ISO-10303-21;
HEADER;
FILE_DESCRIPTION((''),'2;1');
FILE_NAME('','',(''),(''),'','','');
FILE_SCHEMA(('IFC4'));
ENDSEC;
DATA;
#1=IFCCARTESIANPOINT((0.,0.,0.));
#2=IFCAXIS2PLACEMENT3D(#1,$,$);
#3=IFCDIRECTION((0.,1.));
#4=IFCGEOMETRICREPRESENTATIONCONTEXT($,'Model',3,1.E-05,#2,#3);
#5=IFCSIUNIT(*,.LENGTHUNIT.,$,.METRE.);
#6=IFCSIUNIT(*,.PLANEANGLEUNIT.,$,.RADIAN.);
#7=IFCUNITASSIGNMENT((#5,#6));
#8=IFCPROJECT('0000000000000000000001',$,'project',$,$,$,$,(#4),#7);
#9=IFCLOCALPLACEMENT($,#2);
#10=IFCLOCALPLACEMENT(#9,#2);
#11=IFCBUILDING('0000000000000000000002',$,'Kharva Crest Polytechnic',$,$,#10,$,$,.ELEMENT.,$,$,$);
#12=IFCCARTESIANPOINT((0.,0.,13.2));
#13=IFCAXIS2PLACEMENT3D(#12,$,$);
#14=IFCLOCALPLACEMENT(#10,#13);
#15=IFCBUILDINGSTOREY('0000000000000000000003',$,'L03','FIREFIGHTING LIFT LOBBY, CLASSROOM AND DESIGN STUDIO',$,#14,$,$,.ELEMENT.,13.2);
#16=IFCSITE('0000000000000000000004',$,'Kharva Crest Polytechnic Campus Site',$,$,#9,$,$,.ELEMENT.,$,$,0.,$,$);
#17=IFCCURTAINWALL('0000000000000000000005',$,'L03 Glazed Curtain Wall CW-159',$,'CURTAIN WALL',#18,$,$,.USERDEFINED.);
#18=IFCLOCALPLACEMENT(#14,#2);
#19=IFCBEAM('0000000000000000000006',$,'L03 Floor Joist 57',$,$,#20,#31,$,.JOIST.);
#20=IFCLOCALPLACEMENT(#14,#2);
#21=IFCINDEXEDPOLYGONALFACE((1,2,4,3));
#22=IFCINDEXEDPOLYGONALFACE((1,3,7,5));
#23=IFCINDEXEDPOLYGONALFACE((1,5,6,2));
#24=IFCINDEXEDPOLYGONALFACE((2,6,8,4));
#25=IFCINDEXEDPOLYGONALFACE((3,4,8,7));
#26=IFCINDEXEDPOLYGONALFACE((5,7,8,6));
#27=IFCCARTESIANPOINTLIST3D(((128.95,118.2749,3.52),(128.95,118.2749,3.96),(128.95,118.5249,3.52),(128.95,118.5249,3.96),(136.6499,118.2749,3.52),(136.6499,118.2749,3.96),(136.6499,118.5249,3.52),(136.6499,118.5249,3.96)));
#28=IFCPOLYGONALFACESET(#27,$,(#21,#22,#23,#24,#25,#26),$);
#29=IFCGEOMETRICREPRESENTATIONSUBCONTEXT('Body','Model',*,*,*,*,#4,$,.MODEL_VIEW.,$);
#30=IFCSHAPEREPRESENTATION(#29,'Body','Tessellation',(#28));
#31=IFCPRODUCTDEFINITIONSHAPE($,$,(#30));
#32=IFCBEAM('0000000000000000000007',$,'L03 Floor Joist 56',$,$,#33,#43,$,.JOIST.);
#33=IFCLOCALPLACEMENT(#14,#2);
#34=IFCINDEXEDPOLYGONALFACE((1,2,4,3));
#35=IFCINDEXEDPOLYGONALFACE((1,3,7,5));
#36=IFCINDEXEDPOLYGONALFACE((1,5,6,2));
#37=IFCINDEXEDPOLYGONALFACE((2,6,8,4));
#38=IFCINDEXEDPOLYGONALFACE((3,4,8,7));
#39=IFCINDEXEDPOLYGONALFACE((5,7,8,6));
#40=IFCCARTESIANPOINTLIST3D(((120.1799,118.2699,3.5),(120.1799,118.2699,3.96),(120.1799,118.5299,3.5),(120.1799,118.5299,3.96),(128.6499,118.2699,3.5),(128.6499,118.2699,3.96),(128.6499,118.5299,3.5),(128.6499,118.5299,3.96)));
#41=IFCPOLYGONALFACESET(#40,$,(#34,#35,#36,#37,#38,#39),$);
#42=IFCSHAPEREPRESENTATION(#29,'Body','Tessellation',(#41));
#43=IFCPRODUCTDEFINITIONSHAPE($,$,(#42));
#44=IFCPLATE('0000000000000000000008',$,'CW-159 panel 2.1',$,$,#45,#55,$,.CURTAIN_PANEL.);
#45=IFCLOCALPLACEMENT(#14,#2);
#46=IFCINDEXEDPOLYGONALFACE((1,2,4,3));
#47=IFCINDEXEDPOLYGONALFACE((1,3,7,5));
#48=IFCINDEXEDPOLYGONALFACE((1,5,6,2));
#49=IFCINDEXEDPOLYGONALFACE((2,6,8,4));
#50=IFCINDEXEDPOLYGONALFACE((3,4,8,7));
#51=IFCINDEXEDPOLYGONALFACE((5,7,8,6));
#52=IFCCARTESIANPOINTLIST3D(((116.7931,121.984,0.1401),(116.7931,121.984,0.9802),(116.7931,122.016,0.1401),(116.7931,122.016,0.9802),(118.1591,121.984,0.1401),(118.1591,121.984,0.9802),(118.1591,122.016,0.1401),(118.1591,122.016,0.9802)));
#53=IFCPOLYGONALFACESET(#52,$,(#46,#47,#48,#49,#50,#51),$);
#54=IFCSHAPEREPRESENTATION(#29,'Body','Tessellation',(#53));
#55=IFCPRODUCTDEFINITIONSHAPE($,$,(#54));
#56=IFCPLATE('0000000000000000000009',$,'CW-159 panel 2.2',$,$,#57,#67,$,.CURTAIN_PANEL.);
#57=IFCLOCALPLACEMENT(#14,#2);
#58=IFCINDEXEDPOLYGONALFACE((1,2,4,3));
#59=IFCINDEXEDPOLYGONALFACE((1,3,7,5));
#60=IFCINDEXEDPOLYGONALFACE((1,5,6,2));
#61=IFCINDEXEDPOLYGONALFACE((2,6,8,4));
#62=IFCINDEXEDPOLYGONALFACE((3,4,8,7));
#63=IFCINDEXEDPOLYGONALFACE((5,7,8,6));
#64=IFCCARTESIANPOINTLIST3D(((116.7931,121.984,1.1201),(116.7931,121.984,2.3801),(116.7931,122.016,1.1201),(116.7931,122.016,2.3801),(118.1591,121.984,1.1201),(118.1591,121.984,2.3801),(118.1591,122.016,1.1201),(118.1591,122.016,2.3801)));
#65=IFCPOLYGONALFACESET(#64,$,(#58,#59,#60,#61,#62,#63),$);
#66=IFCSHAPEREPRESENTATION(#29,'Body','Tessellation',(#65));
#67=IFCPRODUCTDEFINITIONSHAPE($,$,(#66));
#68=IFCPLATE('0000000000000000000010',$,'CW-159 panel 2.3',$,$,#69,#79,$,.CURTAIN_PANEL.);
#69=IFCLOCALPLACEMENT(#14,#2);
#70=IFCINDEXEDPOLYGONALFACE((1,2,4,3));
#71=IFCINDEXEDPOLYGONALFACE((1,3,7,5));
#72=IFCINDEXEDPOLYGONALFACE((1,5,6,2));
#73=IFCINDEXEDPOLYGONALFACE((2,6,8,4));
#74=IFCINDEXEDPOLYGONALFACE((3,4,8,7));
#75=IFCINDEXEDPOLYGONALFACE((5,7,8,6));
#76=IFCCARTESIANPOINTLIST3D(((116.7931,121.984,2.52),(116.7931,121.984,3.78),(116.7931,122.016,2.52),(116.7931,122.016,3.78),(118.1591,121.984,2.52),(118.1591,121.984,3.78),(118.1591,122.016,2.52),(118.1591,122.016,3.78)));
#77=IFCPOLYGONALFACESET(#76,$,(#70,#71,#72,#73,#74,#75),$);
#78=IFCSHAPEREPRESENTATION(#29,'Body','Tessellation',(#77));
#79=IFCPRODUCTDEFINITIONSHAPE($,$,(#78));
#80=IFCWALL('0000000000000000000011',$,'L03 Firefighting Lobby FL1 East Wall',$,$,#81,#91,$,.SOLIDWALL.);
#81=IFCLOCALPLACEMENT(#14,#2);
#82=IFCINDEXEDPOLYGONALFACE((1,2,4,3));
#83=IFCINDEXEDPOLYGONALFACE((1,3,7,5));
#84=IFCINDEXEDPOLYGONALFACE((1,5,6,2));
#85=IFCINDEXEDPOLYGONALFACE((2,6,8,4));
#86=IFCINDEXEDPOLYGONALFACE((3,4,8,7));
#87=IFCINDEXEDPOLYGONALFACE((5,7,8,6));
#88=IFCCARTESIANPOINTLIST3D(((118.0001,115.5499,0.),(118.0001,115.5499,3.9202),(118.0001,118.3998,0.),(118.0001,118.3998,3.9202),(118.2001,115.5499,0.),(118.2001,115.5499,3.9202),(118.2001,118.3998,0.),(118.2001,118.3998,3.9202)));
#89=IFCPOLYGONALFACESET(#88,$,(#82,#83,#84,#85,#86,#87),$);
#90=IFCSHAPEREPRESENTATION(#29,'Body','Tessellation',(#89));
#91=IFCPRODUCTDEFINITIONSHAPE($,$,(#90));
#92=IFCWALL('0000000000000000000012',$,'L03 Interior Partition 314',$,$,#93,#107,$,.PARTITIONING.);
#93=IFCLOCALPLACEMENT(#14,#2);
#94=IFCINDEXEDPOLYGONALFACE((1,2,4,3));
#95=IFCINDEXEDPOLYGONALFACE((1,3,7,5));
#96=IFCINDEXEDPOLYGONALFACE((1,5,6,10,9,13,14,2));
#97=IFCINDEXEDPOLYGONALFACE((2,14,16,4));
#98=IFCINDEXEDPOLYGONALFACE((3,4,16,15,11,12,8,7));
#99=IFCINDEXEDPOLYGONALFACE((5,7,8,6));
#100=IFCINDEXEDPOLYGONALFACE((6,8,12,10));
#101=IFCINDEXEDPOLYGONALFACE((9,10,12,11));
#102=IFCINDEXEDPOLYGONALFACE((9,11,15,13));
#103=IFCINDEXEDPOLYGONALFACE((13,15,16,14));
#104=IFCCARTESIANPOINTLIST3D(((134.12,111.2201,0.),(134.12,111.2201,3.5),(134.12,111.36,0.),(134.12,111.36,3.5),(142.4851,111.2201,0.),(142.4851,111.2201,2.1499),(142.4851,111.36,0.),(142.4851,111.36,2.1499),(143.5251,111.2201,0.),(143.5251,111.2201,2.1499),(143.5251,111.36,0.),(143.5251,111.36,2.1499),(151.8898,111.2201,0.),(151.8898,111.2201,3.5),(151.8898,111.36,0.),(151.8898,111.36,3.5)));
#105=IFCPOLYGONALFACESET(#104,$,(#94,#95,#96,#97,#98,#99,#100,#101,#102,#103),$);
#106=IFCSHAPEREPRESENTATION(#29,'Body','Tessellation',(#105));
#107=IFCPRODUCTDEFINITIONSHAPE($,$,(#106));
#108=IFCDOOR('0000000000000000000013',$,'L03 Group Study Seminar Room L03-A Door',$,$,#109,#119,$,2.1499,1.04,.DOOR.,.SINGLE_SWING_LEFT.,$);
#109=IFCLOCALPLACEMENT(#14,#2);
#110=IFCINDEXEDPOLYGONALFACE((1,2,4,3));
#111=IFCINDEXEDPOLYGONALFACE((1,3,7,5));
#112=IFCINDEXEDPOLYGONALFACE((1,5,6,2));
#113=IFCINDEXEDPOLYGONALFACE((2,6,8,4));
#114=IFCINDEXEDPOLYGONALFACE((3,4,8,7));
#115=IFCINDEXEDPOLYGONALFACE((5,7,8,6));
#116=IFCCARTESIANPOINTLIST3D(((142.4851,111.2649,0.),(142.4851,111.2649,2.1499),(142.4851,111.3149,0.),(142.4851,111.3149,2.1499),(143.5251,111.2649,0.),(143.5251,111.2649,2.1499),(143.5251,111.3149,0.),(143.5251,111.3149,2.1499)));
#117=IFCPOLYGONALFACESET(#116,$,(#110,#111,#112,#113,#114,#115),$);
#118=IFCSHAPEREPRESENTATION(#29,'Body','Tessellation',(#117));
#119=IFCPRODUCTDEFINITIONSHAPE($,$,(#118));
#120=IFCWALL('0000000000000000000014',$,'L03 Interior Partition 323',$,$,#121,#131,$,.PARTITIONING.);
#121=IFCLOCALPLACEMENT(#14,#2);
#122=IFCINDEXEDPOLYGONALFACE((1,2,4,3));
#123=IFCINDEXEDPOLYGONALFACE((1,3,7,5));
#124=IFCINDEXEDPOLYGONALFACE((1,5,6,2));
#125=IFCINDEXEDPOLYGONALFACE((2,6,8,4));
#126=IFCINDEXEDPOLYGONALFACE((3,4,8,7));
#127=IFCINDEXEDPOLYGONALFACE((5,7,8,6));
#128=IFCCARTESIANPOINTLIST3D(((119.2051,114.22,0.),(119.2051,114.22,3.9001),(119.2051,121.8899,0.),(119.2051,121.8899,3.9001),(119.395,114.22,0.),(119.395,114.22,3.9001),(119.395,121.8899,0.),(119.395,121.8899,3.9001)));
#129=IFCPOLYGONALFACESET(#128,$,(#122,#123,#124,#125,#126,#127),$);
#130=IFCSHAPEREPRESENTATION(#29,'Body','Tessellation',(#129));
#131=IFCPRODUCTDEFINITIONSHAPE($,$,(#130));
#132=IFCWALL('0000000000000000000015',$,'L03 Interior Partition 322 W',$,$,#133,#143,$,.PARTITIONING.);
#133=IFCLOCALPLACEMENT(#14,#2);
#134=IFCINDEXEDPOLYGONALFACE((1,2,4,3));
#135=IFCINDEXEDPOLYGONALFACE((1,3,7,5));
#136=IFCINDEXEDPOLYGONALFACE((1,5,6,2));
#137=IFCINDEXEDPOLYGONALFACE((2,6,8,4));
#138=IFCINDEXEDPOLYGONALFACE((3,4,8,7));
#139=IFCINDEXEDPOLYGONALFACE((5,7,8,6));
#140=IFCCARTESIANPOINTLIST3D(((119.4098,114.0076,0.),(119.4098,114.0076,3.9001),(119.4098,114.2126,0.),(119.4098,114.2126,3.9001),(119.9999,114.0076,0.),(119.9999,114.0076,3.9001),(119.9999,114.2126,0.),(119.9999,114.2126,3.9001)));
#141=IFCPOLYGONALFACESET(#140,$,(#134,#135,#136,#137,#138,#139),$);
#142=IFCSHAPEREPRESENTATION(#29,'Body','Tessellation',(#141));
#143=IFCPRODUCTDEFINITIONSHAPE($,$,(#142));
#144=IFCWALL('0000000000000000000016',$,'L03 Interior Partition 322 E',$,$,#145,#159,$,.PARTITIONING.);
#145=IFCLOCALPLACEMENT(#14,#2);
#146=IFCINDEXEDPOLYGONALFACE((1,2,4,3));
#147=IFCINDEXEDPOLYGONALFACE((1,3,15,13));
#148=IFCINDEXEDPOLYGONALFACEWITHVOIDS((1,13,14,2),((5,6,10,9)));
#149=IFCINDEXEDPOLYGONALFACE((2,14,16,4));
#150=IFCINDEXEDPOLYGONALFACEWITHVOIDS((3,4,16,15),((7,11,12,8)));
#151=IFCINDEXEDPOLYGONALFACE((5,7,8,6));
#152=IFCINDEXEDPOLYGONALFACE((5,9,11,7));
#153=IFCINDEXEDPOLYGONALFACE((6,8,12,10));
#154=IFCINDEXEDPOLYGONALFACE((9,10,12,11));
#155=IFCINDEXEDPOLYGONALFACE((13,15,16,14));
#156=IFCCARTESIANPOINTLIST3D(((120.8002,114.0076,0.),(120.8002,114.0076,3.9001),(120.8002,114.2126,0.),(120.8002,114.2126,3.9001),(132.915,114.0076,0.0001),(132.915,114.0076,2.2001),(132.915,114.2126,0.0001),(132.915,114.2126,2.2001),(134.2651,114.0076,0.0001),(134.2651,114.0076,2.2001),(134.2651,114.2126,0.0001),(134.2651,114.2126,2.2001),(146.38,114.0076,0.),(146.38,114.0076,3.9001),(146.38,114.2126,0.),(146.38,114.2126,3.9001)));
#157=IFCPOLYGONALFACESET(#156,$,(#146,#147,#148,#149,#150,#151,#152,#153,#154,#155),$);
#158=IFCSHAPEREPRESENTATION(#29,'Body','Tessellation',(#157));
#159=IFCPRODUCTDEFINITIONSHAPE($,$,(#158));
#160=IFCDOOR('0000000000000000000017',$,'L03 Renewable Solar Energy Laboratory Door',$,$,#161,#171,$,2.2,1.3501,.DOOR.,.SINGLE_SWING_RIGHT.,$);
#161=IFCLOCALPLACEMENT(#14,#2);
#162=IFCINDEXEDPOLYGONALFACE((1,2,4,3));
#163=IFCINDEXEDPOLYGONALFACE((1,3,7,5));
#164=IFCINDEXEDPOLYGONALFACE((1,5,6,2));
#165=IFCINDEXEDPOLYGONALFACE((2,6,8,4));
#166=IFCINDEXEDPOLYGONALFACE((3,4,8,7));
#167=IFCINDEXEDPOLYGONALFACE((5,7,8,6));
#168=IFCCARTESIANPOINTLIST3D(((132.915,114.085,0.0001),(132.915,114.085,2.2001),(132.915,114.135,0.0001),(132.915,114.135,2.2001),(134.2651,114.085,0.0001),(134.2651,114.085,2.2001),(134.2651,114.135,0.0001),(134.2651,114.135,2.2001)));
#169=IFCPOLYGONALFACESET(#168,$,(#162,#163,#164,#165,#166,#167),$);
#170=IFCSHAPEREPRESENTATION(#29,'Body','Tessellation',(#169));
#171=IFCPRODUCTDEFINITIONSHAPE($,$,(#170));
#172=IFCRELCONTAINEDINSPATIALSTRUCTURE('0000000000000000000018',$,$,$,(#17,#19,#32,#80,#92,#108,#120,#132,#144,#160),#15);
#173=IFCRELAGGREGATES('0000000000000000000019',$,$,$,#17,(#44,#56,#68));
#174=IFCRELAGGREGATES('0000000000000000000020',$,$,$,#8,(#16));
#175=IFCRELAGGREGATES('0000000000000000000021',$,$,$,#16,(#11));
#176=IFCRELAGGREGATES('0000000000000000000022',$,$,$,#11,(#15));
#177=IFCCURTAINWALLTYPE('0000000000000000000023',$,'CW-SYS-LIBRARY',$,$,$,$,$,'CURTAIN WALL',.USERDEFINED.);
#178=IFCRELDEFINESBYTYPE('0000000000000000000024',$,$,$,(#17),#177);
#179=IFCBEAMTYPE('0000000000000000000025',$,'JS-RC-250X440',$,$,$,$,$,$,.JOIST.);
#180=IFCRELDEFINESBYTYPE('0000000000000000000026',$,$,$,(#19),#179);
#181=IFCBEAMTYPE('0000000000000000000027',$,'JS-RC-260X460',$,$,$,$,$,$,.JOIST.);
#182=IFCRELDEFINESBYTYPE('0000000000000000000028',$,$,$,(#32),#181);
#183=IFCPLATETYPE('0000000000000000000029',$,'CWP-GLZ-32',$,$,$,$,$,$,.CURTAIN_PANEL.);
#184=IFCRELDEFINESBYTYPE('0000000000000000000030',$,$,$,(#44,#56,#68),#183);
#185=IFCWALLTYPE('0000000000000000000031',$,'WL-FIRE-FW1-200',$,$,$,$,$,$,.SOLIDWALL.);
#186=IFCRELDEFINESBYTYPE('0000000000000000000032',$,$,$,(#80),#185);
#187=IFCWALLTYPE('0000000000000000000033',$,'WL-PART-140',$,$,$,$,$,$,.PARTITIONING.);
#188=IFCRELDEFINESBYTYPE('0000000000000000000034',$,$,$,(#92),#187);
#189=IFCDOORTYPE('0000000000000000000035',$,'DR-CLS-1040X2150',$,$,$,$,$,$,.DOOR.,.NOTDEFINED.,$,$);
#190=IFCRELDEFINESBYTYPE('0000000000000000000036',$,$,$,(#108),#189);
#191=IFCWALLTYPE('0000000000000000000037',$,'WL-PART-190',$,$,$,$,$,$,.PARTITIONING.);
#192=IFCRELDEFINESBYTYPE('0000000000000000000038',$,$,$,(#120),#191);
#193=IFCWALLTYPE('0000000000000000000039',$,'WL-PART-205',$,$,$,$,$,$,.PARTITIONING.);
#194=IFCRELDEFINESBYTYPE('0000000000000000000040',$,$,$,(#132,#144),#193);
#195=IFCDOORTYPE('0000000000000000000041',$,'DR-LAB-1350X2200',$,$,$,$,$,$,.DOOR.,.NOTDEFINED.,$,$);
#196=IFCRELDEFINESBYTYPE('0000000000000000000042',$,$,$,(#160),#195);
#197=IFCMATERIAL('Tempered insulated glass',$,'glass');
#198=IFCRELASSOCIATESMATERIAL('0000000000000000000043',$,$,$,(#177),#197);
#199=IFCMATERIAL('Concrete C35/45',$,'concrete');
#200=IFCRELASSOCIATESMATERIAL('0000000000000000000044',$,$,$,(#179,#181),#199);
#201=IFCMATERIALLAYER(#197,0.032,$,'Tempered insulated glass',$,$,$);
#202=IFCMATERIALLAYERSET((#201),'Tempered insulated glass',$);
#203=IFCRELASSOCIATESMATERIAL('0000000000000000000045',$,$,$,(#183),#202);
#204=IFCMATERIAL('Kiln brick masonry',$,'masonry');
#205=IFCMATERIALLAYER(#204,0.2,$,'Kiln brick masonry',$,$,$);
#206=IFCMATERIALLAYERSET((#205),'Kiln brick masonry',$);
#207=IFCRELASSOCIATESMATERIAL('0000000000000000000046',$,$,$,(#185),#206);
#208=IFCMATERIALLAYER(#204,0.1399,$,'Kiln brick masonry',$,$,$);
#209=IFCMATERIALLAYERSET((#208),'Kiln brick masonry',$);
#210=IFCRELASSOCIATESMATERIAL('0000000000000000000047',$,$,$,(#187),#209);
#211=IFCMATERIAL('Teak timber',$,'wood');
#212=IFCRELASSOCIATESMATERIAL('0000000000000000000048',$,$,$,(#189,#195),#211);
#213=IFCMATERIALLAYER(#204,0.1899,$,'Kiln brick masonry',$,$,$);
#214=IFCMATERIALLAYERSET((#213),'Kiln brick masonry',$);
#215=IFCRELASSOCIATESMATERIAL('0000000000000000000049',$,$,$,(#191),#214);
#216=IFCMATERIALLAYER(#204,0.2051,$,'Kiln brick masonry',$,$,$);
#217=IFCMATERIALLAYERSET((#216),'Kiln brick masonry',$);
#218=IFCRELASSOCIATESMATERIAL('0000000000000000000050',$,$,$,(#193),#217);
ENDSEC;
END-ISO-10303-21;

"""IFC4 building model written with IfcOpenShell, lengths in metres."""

from ifc_helpers import new_model, si_unit, direction, frame, frame_2d, origin, origin_2d, place, context, subcontext, project, spatial, rectangle, extrude, material, layer, layer_set, material_profile, profile_set, type_object, element, fill, aggregate, save


model = new_model("IFC4")

# Units and contexts
model_context = context("Model", 3, precision=1e-05, world=origin(), true_north=direction((0.0, 1.0)))
body_context = subcontext(model_context, "Body", "Model", "MODEL_VIEW")
ifc_project = project(units=[si_unit("LENGTHUNIT", "METRE"), si_unit("PLANEANGLEUNIT", "RADIAN")], contexts=[model_context])

# Site, building, storey
site_placement = place(None, origin())
site = spatial("IfcSite", under=ifc_project, at=site_placement, Name="Kharva Crest Polytechnic Campus Site", CompositionType="ELEMENT", RefElevation=0.0)
building_placement = place(site_placement, origin())
building = spatial("IfcBuilding", under=site, at=building_placement, Name="Kharva Crest Polytechnic", CompositionType="ELEMENT")
storey_placement = place(building_placement, frame((0.0, 0.0, 13.2)))
storey = spatial("IfcBuildingStorey", under=building, at=storey_placement, Name="L03", Description="FIREFIGHTING LIFT LOBBY, CLASSROOM AND DESIGN STUDIO", CompositionType="ELEMENT", Elevation=13.2)

# Shared definitions
ifc_material_1 = material(Name="Concrete C35/45", Category="concrete")

# Curtain wall
ifc_material_2 = material(Name="Tempered insulated glass", Category="glass")
curtain_wall_type = type_object("IfcCurtainWallType", Name="CW-SYS-LIBRARY", ElementType="CURTAIN WALL", PredefinedType="USERDEFINED", material=ifc_material_2)
curtain_wall_placement = place(storey_placement, origin())
curtain_wall = element("IfcCurtainWall", 1, at=curtain_wall_placement, inside=storey, type_object=curtain_wall_type, Name="L03 Glazed Curtain Wall CW-159", ObjectType="CURTAIN WALL", PredefinedType="USERDEFINED")

# Beams
ifc_material_profile_1 = material_profile(ifc_material_1, rectangle(XDim=0.25, YDim=0.4399, at=origin_2d()), Name="RECT 250 X 440")
ifc_profile_set_1 = profile_set([ifc_material_profile_1], Name="Concrete C35/45")
beam_type_1 = type_object("IfcBeamType", Name="JS-RC-250X440", PredefinedType="JOIST", material=ifc_profile_set_1)
beam_1_placement = place(storey_placement, frame((128.95, 118.3999, 3.74), z_axis=(1.0, 0.0, 0.0), x_axis=(0.0, 1.0, 0.0)))
element("IfcBeam", 2, at=beam_1_placement, inside=storey, type_object=beam_type_1, Name="L03 Floor Joist 57", PredefinedType="JOIST", context=body_context, shape_type="SweptSolid", body=[
    extrude(rectangle(XDim=0.25, YDim=0.4399, at=origin_2d()), origin(), (0.0, 0.0, 1.0), 7.7),
])
ifc_material_profile_2 = material_profile(ifc_material_1, rectangle(XDim=0.26, YDim=0.46, at=origin_2d()), Name="RECT 260 X 460")
ifc_profile_set_2 = profile_set([ifc_material_profile_2], Name="Concrete C35/45")
beam_type_2 = type_object("IfcBeamType", Name="JS-RC-260X460", PredefinedType="JOIST", material=ifc_profile_set_2)
beam_2_placement = place(storey_placement, frame((120.1799, 118.3999, 3.73), z_axis=(1.0, 0.0, 0.0), x_axis=(0.0, 1.0, 0.0)))
element("IfcBeam", 3, at=beam_2_placement, inside=storey, type_object=beam_type_2, Name="L03 Floor Joist 56", PredefinedType="JOIST", context=body_context, shape_type="SweptSolid", body=[
    extrude(rectangle(XDim=0.26, YDim=0.46, at=origin_2d()), origin(), (0.0, 0.0, 1.0), 8.47),
])

# Plates
ifc_layer_1 = layer(ifc_material_2, 0.032, Name="Tempered insulated glass")
ifc_layer_set_1 = layer_set([ifc_layer_1], Name="Tempered insulated glass")
plate_type = type_object("IfcPlateType", Name="CWP-GLZ-32", PredefinedType="CURTAIN_PANEL", material=ifc_layer_set_1)
plate_1_placement = place(storey_placement, frame((117.4761, 122.0, 0.1401), z_axis=(0.0, 0.0, 1.0), x_axis=(-1.0, 0.0, 0.0)))
plate_1 = element("IfcPlate", 4, at=plate_1_placement, type_object=plate_type, Name="CW-159 panel 2.1", PredefinedType="CURTAIN_PANEL", context=body_context, shape_type="SweptSolid", body=[
    extrude(rectangle(XDim=1.366, YDim=0.032, at=origin_2d()), origin(), (0.0, 0.0, 1.0), 0.8401),
])
plate_2_placement = place(storey_placement, frame((117.4761, 122.0, 1.1201), z_axis=(0.0, 0.0, 1.0), x_axis=(-1.0, 0.0, 0.0)))
plate_2 = element("IfcPlate", 5, at=plate_2_placement, type_object=plate_type, Name="CW-159 panel 2.2", PredefinedType="CURTAIN_PANEL", context=body_context, shape_type="SweptSolid", body=[
    extrude(rectangle(XDim=1.366, YDim=0.032, at=origin_2d()), origin(), (0.0, 0.0, 1.0), 1.26),
])
plate_3_placement = place(storey_placement, frame((117.4761, 122.0, 2.52), z_axis=(0.0, 0.0, 1.0), x_axis=(-1.0, 0.0, 0.0)))
plate_3 = element("IfcPlate", 6, at=plate_3_placement, type_object=plate_type, Name="CW-159 panel 2.3", PredefinedType="CURTAIN_PANEL", context=body_context, shape_type="SweptSolid", body=[
    extrude(rectangle(XDim=1.366, YDim=0.032, at=origin_2d()), origin(), (0.0, 0.0, 1.0), 1.26),
])
aggregate(curtain_wall, [plate_1, plate_2, plate_3])

# Wall
ifc_material_3 = material(Name="Kiln brick masonry", Category="masonry")
ifc_layer_2 = layer(ifc_material_3, 0.2, Name="Kiln brick masonry")
ifc_layer_set_2 = layer_set([ifc_layer_2], Name="Kiln brick masonry")
wall_type_1 = type_object("IfcWallType", Name="WL-FIRE-FW1-200", PredefinedType="SOLIDWALL", material=ifc_layer_set_2)
wall_1_placement = place(storey_placement, frame((118.1001, 115.55, 0.0), z_axis=(0.0, 0.0, 1.0), x_axis=(0.0, 1.0, 0.0)))
element("IfcWall", 7, at=wall_1_placement, inside=storey, type_object=wall_type_1, Name="L03 Firefighting Lobby FL1 East Wall", PredefinedType="SOLIDWALL", context=body_context, shape_type="SweptSolid", body=[
    extrude(rectangle(XDim=2.8499, YDim=0.2, at=frame_2d((1.4248, 0.0))), origin(), (0.0, 0.0, 1.0), 3.9202),
])

# Wall, opening, door
ifc_layer_3 = layer(ifc_material_3, 0.1399, Name="Kiln brick masonry")
ifc_layer_set_3 = layer_set([ifc_layer_3], Name="Kiln brick masonry")
wall_type_2 = type_object("IfcWallType", Name="WL-PART-140", PredefinedType="PARTITIONING", material=ifc_layer_set_3)
wall_2_placement = place(storey_placement, frame((134.1201, 111.29, 0.0), z_axis=(0.0, 0.0, 1.0), x_axis=(1.0, 0.0, 0.0)))
wall_2 = element("IfcWall", 8, at=wall_2_placement, inside=storey, type_object=wall_type_2, Name="L03 Interior Partition 314", PredefinedType="PARTITIONING", context=body_context, shape_type="SweptSolid", body=[
    extrude(rectangle(XDim=17.7698, YDim=0.1399, at=frame_2d((8.8848, 0.0))), origin(), (0.0, 0.0, 1.0), 3.5),
])
opening_1_placement = place(wall_2_placement, frame((8.365, 0.0, 0.0)))
opening_1 = element("IfcOpeningElement", 9, at=opening_1_placement, cuts=wall_2, PredefinedType="OPENING", context=body_context, shape_type="SweptSolid", body=[
    extrude(rectangle(XDim=1.04, YDim=2.1499, at=frame_2d((0.52, 1.075))), frame((0.0, 0.0798, 0.0), z_axis=(0.0, -1.0, 0.0), x_axis=(1.0, 0.0, 0.0)), (0.0, 0.0, 1.0), 0.1599),
])
ifc_material_4 = material(Name="Teak timber", Category="wood")
door_type_1 = type_object("IfcDoorType", Name="DR-CLS-1040X2150", OperationType="NOTDEFINED", PredefinedType="DOOR", material=ifc_material_4)
door_1_placement = place(opening_1_placement, origin())
door_1 = element("IfcDoor", 10, at=door_1_placement, inside=storey, type_object=door_type_1, Name="L03 Group Study Seminar Room L03-A Door", OperationType="SINGLE_SWING_LEFT", OverallHeight=2.1499, OverallWidth=1.04, PredefinedType="DOOR", context=body_context, shape_type="SweptSolid", body=[
    extrude(rectangle(XDim=1.04, YDim=2.1499, at=frame_2d((0.52, 1.075))), frame((0.0, 0.0249, 0.0), z_axis=(0.0, -1.0, 0.0), x_axis=(1.0, 0.0, 0.0)), (0.0, 0.0, 1.0), 0.05),
])
fill(opening_1, door_1)

# Walls
ifc_layer_4 = layer(ifc_material_3, 0.1899, Name="Kiln brick masonry")
ifc_layer_set_4 = layer_set([ifc_layer_4], Name="Kiln brick masonry")
wall_type_3 = type_object("IfcWallType", Name="WL-PART-190", PredefinedType="PARTITIONING", material=ifc_layer_set_4)
wall_3_placement = place(storey_placement, frame((119.3, 114.22, 0.0), z_axis=(0.0, 0.0, 1.0), x_axis=(0.0, 1.0, 0.0)))
element("IfcWall", 11, at=wall_3_placement, inside=storey, type_object=wall_type_3, Name="L03 Interior Partition 323", PredefinedType="PARTITIONING", context=body_context, shape_type="SweptSolid", body=[
    extrude(rectangle(XDim=7.6699, YDim=0.1899, at=frame_2d((3.835, 0.0))), origin(), (0.0, 0.0, 1.0), 3.9001),
])
ifc_layer_5 = layer(ifc_material_3, 0.2051, Name="Kiln brick masonry")
ifc_layer_set_5 = layer_set([ifc_layer_5], Name="Kiln brick masonry")
wall_type_4 = type_object("IfcWallType", Name="WL-PART-205", PredefinedType="PARTITIONING", material=ifc_layer_set_5)
wall_4_placement = place(storey_placement, frame((119.4099, 114.1101, 0.0), z_axis=(0.0, 0.0, 1.0), x_axis=(1.0, 0.0, 0.0)))
element("IfcWall", 12, at=wall_4_placement, inside=storey, type_object=wall_type_4, Name="L03 Interior Partition 322 W", PredefinedType="PARTITIONING", context=body_context, shape_type="SweptSolid", body=[
    extrude(rectangle(XDim=0.5901, YDim=0.2051, at=frame_2d((0.2949, 0.0))), origin(), (0.0, 0.0, 1.0), 3.9001),
])

# Wall, opening, door
wall_5_placement = place(storey_placement, frame((120.8, 114.1101, 0.0), z_axis=(0.0, 0.0, 1.0), x_axis=(1.0, 0.0, 0.0)))
wall_5 = element("IfcWall", 13, at=wall_5_placement, inside=storey, type_object=wall_type_4, Name="L03 Interior Partition 322 E", PredefinedType="PARTITIONING", context=body_context, shape_type="SweptSolid", body=[
    extrude(rectangle(XDim=25.5798, YDim=0.2051, at=frame_2d((12.79, 0.0))), origin(), (0.0, 0.0, 1.0), 3.9001),
])
opening_2_placement = place(wall_5_placement, frame((12.115, 0.0, 0.0)))
opening_2 = element("IfcOpeningElement", 14, at=opening_2_placement, cuts=wall_5, PredefinedType="OPENING", context=body_context, shape_type="SweptSolid", body=[
    extrude(rectangle(XDim=1.3501, YDim=2.2, at=frame_2d((0.675, 1.1001))), frame((0.0, 0.1125, 0.0), z_axis=(0.0, -1.0, 0.0), x_axis=(1.0, 0.0, 0.0)), (0.0, 0.0, 1.0), 0.2251),
])
door_type_2 = type_object("IfcDoorType", Name="DR-LAB-1350X2200", OperationType="NOTDEFINED", PredefinedType="DOOR", material=ifc_material_4)
door_2_placement = place(opening_2_placement, origin())
door_2 = element("IfcDoor", 15, at=door_2_placement, inside=storey, type_object=door_type_2, Name="L03 Renewable Solar Energy Laboratory Door", OperationType="SINGLE_SWING_RIGHT", OverallHeight=2.2, OverallWidth=1.3501, PredefinedType="DOOR", context=body_context, shape_type="SweptSolid", body=[
    extrude(rectangle(XDim=1.3501, YDim=2.2, at=frame_2d((0.675, 1.1001))), frame((0.0, 0.0249, 0.0), z_axis=(0.0, -1.0, 0.0), x_axis=(1.0, 0.0, 0.0)), (0.0, 0.0, 1.0), 0.05),
])
fill(opening_2, door_2)

save(model, "model.ifc")
